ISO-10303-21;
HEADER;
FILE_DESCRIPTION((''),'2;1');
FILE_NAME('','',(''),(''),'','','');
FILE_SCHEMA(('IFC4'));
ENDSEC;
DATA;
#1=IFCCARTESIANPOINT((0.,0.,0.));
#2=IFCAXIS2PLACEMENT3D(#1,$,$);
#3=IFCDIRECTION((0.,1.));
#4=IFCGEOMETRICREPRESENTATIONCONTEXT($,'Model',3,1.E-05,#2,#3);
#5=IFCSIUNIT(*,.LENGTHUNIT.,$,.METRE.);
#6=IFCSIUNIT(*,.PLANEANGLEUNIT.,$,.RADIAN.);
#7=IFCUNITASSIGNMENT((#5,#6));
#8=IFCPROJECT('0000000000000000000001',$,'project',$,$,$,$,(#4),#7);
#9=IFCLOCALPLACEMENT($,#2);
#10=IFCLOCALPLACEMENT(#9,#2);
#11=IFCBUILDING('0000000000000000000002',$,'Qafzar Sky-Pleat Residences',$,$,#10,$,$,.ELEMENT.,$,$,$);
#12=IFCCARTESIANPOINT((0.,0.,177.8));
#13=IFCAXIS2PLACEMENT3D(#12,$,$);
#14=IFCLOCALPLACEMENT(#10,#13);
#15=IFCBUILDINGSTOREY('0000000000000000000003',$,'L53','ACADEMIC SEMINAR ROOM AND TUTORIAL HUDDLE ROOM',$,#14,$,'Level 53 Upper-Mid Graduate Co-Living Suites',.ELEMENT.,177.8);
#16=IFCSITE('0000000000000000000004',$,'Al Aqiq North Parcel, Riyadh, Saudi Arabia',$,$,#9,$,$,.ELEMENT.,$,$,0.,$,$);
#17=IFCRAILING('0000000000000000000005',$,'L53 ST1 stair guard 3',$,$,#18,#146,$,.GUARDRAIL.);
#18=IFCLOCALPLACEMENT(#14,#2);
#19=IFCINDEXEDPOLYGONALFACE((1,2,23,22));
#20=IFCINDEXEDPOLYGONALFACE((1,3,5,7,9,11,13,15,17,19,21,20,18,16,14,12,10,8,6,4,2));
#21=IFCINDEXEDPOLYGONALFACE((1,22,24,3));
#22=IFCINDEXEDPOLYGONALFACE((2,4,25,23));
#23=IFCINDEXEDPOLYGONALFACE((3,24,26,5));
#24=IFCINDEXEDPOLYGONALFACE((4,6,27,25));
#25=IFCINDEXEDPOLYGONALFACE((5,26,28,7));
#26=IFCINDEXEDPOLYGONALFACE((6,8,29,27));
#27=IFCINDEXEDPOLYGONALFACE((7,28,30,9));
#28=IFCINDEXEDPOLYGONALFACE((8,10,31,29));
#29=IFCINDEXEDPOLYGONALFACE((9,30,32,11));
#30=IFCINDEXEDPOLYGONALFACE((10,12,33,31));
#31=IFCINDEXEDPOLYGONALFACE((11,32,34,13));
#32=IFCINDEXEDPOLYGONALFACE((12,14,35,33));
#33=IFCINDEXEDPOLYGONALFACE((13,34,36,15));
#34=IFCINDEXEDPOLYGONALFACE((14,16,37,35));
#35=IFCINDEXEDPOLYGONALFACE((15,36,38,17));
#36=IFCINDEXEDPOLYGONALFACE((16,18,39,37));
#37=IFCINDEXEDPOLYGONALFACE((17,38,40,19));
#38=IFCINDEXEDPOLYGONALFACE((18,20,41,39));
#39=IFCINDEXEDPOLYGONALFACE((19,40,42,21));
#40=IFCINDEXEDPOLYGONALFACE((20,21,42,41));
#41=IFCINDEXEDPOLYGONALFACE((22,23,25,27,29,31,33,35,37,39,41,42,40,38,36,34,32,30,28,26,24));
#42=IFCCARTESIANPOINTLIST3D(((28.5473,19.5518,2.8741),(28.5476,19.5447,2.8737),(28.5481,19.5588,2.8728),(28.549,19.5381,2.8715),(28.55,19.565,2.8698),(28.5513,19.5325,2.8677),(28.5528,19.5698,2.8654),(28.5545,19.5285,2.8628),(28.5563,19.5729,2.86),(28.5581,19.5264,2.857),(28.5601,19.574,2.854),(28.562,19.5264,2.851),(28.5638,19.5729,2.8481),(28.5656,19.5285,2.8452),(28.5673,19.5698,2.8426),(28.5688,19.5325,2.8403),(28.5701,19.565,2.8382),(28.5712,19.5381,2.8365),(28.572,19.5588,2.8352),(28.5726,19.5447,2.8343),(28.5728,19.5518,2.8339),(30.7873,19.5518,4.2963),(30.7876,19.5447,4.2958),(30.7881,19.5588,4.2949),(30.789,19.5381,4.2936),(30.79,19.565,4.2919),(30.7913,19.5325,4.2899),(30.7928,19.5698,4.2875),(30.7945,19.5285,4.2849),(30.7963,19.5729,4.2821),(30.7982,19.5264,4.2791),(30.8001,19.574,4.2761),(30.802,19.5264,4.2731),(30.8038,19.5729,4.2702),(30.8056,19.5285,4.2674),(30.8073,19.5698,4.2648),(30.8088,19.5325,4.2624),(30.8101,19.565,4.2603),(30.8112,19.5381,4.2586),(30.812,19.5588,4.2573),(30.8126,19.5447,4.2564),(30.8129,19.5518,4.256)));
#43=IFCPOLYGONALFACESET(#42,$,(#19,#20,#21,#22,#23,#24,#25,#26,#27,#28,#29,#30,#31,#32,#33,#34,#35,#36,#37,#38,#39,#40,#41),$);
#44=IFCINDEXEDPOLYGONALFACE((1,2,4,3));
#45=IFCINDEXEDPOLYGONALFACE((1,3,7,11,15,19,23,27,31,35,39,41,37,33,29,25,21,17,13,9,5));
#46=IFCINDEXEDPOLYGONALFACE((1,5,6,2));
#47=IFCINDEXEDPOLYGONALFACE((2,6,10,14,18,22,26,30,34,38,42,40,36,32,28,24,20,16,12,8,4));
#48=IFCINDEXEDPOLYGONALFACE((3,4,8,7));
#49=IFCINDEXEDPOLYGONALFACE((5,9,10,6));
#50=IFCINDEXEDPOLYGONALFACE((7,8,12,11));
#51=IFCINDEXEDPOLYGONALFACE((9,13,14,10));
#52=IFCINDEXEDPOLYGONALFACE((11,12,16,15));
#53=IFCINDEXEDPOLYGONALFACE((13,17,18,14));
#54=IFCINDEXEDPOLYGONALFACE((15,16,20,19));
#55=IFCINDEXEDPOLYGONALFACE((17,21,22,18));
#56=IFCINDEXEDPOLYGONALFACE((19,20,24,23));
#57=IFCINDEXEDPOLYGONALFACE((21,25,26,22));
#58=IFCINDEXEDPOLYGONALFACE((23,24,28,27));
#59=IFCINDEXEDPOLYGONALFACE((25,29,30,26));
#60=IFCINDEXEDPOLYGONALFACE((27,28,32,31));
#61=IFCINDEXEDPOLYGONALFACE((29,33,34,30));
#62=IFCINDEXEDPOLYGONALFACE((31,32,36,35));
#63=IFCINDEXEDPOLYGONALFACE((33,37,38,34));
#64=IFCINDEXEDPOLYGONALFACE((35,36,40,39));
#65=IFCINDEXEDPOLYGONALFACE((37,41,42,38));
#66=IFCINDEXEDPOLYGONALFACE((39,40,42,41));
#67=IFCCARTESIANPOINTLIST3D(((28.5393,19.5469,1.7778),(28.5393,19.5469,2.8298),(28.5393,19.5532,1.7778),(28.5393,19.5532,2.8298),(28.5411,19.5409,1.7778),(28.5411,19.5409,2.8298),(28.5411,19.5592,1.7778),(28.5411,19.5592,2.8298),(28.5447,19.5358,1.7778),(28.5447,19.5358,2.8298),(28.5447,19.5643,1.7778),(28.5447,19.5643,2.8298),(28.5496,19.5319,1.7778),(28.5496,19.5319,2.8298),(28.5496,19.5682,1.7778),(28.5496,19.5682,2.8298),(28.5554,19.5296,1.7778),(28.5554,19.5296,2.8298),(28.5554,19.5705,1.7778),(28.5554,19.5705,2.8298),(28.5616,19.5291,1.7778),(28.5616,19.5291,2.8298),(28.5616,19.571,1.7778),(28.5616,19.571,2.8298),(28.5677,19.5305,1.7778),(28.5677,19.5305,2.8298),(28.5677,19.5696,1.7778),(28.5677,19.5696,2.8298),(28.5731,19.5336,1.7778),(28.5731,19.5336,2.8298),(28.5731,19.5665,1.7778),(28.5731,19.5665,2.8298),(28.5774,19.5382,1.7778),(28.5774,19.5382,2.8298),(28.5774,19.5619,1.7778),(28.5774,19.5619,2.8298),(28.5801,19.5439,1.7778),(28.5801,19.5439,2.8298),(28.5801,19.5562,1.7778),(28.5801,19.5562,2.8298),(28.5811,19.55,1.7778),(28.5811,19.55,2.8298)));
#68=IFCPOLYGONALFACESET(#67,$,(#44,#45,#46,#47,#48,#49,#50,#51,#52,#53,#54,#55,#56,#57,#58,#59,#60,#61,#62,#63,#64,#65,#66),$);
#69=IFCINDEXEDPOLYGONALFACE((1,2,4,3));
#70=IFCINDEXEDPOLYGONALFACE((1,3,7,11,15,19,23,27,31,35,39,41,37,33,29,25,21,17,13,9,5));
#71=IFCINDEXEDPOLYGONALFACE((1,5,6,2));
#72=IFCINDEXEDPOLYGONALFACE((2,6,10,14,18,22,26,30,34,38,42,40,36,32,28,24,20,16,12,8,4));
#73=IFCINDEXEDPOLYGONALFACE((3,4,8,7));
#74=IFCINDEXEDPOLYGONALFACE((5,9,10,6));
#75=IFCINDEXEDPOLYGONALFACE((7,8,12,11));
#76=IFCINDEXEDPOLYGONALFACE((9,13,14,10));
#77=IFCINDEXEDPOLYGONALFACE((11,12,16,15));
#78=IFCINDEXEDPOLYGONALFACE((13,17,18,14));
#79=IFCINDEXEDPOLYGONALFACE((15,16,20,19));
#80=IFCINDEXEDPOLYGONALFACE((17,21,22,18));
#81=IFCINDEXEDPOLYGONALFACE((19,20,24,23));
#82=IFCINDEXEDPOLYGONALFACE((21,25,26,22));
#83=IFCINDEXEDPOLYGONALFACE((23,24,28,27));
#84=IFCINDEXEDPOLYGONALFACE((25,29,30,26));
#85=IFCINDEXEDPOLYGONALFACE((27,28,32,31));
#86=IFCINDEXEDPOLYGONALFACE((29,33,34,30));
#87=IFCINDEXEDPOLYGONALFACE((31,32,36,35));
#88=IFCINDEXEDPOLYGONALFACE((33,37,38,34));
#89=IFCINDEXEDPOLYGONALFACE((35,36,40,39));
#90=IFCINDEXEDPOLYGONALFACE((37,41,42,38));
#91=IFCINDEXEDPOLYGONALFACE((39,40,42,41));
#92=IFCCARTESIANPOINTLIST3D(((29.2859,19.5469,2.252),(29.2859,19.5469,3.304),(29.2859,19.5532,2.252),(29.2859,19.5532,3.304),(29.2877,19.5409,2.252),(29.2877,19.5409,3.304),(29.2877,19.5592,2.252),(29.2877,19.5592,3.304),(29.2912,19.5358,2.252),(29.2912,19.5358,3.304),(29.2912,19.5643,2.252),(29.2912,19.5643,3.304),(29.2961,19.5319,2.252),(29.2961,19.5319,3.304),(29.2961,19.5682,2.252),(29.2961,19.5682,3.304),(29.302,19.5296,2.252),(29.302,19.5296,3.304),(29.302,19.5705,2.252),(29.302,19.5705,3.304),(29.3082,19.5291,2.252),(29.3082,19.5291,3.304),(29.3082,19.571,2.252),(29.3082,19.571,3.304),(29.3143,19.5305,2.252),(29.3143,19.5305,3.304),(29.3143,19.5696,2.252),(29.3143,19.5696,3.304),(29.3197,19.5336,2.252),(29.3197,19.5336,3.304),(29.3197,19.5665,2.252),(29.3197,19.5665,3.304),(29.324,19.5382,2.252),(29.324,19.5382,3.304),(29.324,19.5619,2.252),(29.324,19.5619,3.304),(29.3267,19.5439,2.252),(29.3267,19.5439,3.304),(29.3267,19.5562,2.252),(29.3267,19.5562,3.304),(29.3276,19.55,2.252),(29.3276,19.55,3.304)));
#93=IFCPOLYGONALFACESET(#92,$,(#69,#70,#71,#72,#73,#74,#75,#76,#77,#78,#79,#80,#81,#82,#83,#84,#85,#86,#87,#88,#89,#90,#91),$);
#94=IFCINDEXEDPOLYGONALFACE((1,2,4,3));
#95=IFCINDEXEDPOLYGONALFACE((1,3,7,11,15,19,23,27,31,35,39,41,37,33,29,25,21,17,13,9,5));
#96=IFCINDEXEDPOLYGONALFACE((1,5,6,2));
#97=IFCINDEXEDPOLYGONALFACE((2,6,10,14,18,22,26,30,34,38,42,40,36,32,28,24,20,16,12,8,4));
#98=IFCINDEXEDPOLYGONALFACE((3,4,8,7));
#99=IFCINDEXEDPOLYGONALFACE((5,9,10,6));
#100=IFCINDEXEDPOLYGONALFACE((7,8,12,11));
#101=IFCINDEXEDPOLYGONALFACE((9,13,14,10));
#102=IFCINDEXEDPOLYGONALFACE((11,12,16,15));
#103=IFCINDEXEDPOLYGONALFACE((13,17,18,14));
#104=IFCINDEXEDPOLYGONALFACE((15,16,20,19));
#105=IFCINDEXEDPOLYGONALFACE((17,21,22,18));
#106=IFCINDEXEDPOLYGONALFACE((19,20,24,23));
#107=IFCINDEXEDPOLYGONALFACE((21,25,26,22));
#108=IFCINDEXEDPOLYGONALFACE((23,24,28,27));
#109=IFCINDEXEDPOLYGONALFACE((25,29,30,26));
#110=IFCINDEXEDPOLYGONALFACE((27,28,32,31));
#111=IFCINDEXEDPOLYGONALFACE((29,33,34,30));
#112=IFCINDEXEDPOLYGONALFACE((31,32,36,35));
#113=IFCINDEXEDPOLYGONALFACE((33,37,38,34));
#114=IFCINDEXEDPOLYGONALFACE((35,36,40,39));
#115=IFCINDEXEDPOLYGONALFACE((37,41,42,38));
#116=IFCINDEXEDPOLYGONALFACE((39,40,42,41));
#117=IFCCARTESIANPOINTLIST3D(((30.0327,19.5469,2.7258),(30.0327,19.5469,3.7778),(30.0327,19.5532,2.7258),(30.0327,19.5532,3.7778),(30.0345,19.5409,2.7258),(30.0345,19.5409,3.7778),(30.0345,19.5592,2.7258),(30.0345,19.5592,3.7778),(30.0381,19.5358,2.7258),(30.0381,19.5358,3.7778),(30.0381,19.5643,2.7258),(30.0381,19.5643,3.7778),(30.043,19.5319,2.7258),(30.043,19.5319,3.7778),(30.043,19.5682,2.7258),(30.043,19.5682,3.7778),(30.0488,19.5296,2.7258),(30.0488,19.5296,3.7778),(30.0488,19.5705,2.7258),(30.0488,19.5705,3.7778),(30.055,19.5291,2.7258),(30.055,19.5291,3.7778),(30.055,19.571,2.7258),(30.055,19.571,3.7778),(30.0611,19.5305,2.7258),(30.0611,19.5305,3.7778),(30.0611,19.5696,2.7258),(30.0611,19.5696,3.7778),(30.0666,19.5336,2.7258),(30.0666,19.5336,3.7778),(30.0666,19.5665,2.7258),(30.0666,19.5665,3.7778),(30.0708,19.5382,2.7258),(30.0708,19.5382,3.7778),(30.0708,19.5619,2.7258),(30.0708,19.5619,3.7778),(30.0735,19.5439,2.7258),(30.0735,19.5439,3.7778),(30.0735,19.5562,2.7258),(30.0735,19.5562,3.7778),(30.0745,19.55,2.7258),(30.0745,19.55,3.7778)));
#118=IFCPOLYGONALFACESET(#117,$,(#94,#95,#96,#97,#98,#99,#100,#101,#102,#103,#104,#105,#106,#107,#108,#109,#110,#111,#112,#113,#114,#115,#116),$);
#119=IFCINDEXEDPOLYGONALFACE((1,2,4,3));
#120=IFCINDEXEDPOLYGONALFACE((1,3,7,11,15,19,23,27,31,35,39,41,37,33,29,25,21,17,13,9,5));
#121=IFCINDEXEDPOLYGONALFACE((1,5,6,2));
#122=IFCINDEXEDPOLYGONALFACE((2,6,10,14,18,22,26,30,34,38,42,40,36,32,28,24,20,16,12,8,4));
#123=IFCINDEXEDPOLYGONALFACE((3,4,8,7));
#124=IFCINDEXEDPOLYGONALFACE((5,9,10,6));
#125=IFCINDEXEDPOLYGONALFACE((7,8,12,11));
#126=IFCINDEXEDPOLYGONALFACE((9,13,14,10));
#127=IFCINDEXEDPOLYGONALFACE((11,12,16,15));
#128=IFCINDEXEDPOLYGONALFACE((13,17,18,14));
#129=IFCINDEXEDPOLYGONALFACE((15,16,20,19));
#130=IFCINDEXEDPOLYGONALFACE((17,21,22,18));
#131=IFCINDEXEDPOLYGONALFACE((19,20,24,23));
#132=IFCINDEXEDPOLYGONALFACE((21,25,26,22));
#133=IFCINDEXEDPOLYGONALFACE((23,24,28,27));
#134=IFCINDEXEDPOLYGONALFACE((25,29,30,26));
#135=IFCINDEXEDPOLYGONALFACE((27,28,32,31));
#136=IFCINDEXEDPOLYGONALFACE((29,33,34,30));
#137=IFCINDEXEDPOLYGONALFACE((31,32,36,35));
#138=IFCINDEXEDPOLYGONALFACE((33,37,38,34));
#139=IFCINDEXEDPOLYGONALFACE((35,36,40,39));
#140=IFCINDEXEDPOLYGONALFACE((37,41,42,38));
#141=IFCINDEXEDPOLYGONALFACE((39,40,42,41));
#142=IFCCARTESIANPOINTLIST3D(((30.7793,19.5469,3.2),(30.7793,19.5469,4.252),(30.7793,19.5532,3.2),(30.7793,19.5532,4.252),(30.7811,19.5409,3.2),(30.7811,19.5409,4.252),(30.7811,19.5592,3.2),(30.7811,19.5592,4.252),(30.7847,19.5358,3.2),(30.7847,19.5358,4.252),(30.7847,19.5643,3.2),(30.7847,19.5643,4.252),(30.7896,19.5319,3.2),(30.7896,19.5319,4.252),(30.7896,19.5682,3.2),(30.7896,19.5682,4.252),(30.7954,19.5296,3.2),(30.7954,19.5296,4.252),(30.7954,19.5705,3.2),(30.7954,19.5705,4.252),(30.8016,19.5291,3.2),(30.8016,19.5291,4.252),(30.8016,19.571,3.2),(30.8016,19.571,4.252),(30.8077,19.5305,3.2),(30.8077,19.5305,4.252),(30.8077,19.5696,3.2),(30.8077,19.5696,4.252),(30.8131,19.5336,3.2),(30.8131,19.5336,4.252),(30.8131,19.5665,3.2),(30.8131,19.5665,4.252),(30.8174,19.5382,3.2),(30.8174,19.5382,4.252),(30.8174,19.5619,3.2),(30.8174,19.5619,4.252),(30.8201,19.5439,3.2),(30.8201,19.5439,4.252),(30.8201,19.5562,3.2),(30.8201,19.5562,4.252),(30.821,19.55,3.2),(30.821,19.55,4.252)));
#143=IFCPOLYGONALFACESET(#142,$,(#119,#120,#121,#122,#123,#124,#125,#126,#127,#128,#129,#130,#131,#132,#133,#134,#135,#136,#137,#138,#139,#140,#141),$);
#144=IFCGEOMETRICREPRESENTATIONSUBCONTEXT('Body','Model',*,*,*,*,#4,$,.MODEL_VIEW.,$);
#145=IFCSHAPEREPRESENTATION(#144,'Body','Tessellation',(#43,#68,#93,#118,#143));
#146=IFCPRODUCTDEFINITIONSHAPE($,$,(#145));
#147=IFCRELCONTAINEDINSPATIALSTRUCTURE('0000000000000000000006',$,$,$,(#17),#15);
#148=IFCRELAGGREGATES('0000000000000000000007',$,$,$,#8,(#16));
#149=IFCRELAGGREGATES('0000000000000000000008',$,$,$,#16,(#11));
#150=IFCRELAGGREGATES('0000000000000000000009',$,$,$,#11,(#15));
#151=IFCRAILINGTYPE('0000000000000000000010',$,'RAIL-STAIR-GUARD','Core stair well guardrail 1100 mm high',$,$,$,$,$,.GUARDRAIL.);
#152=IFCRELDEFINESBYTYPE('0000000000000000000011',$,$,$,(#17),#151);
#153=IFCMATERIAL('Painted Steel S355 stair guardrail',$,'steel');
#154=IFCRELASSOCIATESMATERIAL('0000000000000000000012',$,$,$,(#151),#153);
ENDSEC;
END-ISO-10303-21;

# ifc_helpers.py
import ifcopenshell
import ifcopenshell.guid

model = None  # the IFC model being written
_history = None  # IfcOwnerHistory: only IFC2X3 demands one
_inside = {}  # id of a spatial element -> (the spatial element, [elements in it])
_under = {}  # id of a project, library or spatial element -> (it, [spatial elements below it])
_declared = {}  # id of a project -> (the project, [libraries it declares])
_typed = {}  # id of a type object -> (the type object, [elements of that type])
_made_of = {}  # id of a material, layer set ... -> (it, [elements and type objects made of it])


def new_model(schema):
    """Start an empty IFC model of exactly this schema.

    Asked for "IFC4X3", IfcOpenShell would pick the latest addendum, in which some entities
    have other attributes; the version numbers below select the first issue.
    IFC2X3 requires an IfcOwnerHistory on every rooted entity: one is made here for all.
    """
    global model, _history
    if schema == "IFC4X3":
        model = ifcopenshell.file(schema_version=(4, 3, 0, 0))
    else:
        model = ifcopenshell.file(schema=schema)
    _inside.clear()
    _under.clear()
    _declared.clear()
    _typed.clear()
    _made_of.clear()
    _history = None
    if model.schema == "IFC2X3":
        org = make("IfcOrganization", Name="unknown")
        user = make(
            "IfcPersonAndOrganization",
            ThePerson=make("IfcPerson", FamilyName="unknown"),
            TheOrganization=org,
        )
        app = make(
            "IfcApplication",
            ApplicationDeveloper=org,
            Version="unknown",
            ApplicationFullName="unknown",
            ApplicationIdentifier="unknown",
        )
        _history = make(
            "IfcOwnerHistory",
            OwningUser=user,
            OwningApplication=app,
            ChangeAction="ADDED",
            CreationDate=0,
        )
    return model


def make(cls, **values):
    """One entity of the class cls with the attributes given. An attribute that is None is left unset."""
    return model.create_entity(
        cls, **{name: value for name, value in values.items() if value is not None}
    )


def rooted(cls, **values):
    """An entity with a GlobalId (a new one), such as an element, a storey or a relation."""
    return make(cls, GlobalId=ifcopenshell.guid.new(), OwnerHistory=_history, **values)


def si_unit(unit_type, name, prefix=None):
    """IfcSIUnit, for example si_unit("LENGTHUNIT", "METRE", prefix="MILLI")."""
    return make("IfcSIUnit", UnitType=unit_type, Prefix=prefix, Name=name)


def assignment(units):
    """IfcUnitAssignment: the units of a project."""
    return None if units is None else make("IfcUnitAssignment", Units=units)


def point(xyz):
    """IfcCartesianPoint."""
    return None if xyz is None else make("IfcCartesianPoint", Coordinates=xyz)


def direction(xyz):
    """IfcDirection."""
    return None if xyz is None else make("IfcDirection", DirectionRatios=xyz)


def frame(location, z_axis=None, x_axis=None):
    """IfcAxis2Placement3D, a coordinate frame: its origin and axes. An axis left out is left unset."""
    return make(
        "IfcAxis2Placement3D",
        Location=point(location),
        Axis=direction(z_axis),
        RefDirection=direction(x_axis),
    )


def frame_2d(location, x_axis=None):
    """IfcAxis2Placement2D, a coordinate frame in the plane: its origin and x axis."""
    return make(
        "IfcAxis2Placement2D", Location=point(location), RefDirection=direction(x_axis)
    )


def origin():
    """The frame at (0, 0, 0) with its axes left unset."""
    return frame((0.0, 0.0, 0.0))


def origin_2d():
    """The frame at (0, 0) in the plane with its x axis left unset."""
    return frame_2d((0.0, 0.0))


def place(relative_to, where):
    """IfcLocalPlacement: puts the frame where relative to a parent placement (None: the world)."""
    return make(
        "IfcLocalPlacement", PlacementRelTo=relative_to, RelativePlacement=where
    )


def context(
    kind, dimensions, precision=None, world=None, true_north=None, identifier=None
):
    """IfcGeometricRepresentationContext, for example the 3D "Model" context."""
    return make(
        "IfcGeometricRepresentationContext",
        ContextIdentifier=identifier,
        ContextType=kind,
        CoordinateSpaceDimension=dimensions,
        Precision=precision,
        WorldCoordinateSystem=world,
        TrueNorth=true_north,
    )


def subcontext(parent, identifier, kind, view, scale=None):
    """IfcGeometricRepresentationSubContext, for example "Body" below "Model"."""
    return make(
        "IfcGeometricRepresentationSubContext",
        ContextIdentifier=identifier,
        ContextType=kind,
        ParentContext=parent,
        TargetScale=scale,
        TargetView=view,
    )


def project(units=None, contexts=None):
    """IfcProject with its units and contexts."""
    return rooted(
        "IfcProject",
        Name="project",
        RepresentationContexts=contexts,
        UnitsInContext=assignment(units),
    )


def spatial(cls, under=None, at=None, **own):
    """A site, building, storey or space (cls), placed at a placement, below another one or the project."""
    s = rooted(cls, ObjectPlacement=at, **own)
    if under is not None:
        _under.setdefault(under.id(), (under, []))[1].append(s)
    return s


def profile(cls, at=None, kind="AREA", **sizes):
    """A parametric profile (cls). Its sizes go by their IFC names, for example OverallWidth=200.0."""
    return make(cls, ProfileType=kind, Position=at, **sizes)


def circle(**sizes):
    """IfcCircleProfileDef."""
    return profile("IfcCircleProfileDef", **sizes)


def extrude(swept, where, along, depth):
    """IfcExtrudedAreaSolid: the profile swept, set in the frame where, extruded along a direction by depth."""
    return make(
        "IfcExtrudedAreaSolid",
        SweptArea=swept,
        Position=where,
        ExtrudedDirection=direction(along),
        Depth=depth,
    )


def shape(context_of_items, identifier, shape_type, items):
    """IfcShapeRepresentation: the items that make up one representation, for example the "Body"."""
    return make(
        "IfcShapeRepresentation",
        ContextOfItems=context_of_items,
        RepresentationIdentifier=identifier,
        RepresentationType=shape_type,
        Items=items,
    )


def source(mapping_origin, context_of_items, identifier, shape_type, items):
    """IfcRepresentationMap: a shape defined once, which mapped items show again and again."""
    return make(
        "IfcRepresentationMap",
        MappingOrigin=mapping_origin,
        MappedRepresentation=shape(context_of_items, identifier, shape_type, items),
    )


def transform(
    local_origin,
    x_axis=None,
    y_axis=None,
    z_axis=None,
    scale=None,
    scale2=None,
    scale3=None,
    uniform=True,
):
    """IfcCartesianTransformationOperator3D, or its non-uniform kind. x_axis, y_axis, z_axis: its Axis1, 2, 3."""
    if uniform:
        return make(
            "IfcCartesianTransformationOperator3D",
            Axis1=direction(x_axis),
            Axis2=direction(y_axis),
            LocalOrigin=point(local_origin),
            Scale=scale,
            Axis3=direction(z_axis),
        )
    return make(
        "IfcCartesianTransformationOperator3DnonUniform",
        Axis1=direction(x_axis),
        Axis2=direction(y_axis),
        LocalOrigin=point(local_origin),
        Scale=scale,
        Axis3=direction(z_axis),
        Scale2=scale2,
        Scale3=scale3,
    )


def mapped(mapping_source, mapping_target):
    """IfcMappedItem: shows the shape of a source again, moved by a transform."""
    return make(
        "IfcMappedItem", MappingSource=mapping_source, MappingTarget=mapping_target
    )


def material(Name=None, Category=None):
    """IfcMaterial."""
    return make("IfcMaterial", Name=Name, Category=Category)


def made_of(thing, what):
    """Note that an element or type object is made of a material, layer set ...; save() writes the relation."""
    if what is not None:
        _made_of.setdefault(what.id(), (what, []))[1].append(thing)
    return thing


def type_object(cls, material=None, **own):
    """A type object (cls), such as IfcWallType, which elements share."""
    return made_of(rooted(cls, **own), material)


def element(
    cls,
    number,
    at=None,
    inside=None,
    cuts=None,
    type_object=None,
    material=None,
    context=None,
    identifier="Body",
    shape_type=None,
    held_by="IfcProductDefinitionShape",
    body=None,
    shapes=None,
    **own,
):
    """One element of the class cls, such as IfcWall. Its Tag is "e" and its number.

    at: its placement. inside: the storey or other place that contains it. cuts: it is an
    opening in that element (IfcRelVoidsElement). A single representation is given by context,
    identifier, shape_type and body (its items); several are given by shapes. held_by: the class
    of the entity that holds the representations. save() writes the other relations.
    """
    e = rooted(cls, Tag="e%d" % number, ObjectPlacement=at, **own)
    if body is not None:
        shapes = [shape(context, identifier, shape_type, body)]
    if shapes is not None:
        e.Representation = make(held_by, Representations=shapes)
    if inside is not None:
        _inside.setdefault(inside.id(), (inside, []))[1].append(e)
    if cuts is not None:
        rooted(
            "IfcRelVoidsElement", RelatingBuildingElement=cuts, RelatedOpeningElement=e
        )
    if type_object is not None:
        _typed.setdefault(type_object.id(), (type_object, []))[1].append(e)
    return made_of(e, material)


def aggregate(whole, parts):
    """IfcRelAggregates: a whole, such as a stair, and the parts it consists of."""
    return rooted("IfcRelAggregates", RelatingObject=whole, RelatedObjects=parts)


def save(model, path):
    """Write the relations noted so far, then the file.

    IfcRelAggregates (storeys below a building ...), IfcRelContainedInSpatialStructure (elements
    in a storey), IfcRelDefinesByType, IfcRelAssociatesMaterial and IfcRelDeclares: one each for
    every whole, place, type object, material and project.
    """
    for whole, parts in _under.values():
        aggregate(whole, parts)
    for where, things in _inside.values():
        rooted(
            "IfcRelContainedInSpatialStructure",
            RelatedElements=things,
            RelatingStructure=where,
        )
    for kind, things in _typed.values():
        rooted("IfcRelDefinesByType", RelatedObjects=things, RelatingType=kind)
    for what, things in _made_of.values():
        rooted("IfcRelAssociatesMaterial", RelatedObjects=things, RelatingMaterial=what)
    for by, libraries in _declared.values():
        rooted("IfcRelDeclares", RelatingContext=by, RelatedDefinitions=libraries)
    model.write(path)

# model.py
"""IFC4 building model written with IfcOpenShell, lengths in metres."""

from ifc_helpers import new_model, si_unit, direction, frame, origin, origin_2d, place, context, subcontext, project, spatial, circle, extrude, source, transform, mapped, material, type_object, element, save


model = new_model("IFC4")

# Units and contexts
model_context = context("Model", 3, precision=1e-05, world=origin(), true_north=direction((0.0, 1.0)))
body_context = subcontext(model_context, "Body", "Model", "MODEL_VIEW")
ifc_project = project(units=[si_unit("LENGTHUNIT", "METRE"), si_unit("PLANEANGLEUNIT", "RADIAN")], contexts=[model_context])

# Site, building, storey
site_placement = place(None, origin())
site = spatial("IfcSite", under=ifc_project, at=site_placement, Name="Al Aqiq North Parcel, Riyadh, Saudi Arabia", CompositionType="ELEMENT", RefElevation=0.0)
building_placement = place(site_placement, origin())
building = spatial("IfcBuilding", under=site, at=building_placement, Name="Qafzar Sky-Pleat Residences", CompositionType="ELEMENT")
storey_placement = place(building_placement, frame((0.0, 0.0, 177.8)))
storey = spatial("IfcBuildingStorey", under=building, at=storey_placement, Name="L53", Description="ACADEMIC SEMINAR ROOM AND TUTORIAL HUDDLE ROOM", LongName="Level 53 Upper-Mid Graduate Co-Living Suites", CompositionType="ELEMENT", Elevation=177.8)

# Railing
ifc_material_1 = material(Name="Painted Steel S355 stair guardrail", Category="steel")
railing_type_1 = type_object("IfcRailingType", Name="RAIL-STAIR-GUARD", Description="Core stair well guardrail 1100 mm high", PredefinedType="GUARDRAIL", material=ifc_material_1)
shared_shape_1 = source(origin(), body_context, "Body", "SweptSolid", [
    extrude(circle(Radius=0.0239, at=origin_2d()), frame((0.0, 0.0, 1.0762), z_axis=(0.844229, 0.0, 0.535982), x_axis=(0.0, 1.0, 0.0)), (0.0, 0.0, 1.0), 2.6533),
    extrude(circle(Radius=0.021, at=origin_2d()), origin(), (0.0, 0.0, 1.0), 1.052),
    extrude(circle(Radius=0.021, at=origin_2d()), frame((0.7466, 0.0, 0.4741)), (0.0, 0.0, 1.0), 1.052),
    extrude(circle(Radius=0.021, at=origin_2d()), frame((1.4934, 0.0, 0.948)), (0.0, 0.0, 1.0), 1.052),
    extrude(circle(Radius=0.021, at=origin_2d()), frame((2.24, 0.0, 1.4221)), (0.0, 0.0, 1.0), 1.052),
])
railing_1_placement = place(storey_placement, frame((28.5601, 19.55, 1.7778)))
element("IfcRailing", 1, at=railing_1_placement, inside=storey, type_object=railing_type_1, Name="L53 ST1 stair guard 3", PredefinedType="GUARDRAIL", context=body_context, shape_type="MappedRepresentation", body=[
    mapped(shared_shape_1, transform((0.0, 0.0, 0.0), x_axis=(1.0, 0.0, 0.0), y_axis=(0.0, 1.0, 0.0), z_axis=(0.0, 0.0, 1.0), scale=1.0)),
])

save(model, "model.ifc")
